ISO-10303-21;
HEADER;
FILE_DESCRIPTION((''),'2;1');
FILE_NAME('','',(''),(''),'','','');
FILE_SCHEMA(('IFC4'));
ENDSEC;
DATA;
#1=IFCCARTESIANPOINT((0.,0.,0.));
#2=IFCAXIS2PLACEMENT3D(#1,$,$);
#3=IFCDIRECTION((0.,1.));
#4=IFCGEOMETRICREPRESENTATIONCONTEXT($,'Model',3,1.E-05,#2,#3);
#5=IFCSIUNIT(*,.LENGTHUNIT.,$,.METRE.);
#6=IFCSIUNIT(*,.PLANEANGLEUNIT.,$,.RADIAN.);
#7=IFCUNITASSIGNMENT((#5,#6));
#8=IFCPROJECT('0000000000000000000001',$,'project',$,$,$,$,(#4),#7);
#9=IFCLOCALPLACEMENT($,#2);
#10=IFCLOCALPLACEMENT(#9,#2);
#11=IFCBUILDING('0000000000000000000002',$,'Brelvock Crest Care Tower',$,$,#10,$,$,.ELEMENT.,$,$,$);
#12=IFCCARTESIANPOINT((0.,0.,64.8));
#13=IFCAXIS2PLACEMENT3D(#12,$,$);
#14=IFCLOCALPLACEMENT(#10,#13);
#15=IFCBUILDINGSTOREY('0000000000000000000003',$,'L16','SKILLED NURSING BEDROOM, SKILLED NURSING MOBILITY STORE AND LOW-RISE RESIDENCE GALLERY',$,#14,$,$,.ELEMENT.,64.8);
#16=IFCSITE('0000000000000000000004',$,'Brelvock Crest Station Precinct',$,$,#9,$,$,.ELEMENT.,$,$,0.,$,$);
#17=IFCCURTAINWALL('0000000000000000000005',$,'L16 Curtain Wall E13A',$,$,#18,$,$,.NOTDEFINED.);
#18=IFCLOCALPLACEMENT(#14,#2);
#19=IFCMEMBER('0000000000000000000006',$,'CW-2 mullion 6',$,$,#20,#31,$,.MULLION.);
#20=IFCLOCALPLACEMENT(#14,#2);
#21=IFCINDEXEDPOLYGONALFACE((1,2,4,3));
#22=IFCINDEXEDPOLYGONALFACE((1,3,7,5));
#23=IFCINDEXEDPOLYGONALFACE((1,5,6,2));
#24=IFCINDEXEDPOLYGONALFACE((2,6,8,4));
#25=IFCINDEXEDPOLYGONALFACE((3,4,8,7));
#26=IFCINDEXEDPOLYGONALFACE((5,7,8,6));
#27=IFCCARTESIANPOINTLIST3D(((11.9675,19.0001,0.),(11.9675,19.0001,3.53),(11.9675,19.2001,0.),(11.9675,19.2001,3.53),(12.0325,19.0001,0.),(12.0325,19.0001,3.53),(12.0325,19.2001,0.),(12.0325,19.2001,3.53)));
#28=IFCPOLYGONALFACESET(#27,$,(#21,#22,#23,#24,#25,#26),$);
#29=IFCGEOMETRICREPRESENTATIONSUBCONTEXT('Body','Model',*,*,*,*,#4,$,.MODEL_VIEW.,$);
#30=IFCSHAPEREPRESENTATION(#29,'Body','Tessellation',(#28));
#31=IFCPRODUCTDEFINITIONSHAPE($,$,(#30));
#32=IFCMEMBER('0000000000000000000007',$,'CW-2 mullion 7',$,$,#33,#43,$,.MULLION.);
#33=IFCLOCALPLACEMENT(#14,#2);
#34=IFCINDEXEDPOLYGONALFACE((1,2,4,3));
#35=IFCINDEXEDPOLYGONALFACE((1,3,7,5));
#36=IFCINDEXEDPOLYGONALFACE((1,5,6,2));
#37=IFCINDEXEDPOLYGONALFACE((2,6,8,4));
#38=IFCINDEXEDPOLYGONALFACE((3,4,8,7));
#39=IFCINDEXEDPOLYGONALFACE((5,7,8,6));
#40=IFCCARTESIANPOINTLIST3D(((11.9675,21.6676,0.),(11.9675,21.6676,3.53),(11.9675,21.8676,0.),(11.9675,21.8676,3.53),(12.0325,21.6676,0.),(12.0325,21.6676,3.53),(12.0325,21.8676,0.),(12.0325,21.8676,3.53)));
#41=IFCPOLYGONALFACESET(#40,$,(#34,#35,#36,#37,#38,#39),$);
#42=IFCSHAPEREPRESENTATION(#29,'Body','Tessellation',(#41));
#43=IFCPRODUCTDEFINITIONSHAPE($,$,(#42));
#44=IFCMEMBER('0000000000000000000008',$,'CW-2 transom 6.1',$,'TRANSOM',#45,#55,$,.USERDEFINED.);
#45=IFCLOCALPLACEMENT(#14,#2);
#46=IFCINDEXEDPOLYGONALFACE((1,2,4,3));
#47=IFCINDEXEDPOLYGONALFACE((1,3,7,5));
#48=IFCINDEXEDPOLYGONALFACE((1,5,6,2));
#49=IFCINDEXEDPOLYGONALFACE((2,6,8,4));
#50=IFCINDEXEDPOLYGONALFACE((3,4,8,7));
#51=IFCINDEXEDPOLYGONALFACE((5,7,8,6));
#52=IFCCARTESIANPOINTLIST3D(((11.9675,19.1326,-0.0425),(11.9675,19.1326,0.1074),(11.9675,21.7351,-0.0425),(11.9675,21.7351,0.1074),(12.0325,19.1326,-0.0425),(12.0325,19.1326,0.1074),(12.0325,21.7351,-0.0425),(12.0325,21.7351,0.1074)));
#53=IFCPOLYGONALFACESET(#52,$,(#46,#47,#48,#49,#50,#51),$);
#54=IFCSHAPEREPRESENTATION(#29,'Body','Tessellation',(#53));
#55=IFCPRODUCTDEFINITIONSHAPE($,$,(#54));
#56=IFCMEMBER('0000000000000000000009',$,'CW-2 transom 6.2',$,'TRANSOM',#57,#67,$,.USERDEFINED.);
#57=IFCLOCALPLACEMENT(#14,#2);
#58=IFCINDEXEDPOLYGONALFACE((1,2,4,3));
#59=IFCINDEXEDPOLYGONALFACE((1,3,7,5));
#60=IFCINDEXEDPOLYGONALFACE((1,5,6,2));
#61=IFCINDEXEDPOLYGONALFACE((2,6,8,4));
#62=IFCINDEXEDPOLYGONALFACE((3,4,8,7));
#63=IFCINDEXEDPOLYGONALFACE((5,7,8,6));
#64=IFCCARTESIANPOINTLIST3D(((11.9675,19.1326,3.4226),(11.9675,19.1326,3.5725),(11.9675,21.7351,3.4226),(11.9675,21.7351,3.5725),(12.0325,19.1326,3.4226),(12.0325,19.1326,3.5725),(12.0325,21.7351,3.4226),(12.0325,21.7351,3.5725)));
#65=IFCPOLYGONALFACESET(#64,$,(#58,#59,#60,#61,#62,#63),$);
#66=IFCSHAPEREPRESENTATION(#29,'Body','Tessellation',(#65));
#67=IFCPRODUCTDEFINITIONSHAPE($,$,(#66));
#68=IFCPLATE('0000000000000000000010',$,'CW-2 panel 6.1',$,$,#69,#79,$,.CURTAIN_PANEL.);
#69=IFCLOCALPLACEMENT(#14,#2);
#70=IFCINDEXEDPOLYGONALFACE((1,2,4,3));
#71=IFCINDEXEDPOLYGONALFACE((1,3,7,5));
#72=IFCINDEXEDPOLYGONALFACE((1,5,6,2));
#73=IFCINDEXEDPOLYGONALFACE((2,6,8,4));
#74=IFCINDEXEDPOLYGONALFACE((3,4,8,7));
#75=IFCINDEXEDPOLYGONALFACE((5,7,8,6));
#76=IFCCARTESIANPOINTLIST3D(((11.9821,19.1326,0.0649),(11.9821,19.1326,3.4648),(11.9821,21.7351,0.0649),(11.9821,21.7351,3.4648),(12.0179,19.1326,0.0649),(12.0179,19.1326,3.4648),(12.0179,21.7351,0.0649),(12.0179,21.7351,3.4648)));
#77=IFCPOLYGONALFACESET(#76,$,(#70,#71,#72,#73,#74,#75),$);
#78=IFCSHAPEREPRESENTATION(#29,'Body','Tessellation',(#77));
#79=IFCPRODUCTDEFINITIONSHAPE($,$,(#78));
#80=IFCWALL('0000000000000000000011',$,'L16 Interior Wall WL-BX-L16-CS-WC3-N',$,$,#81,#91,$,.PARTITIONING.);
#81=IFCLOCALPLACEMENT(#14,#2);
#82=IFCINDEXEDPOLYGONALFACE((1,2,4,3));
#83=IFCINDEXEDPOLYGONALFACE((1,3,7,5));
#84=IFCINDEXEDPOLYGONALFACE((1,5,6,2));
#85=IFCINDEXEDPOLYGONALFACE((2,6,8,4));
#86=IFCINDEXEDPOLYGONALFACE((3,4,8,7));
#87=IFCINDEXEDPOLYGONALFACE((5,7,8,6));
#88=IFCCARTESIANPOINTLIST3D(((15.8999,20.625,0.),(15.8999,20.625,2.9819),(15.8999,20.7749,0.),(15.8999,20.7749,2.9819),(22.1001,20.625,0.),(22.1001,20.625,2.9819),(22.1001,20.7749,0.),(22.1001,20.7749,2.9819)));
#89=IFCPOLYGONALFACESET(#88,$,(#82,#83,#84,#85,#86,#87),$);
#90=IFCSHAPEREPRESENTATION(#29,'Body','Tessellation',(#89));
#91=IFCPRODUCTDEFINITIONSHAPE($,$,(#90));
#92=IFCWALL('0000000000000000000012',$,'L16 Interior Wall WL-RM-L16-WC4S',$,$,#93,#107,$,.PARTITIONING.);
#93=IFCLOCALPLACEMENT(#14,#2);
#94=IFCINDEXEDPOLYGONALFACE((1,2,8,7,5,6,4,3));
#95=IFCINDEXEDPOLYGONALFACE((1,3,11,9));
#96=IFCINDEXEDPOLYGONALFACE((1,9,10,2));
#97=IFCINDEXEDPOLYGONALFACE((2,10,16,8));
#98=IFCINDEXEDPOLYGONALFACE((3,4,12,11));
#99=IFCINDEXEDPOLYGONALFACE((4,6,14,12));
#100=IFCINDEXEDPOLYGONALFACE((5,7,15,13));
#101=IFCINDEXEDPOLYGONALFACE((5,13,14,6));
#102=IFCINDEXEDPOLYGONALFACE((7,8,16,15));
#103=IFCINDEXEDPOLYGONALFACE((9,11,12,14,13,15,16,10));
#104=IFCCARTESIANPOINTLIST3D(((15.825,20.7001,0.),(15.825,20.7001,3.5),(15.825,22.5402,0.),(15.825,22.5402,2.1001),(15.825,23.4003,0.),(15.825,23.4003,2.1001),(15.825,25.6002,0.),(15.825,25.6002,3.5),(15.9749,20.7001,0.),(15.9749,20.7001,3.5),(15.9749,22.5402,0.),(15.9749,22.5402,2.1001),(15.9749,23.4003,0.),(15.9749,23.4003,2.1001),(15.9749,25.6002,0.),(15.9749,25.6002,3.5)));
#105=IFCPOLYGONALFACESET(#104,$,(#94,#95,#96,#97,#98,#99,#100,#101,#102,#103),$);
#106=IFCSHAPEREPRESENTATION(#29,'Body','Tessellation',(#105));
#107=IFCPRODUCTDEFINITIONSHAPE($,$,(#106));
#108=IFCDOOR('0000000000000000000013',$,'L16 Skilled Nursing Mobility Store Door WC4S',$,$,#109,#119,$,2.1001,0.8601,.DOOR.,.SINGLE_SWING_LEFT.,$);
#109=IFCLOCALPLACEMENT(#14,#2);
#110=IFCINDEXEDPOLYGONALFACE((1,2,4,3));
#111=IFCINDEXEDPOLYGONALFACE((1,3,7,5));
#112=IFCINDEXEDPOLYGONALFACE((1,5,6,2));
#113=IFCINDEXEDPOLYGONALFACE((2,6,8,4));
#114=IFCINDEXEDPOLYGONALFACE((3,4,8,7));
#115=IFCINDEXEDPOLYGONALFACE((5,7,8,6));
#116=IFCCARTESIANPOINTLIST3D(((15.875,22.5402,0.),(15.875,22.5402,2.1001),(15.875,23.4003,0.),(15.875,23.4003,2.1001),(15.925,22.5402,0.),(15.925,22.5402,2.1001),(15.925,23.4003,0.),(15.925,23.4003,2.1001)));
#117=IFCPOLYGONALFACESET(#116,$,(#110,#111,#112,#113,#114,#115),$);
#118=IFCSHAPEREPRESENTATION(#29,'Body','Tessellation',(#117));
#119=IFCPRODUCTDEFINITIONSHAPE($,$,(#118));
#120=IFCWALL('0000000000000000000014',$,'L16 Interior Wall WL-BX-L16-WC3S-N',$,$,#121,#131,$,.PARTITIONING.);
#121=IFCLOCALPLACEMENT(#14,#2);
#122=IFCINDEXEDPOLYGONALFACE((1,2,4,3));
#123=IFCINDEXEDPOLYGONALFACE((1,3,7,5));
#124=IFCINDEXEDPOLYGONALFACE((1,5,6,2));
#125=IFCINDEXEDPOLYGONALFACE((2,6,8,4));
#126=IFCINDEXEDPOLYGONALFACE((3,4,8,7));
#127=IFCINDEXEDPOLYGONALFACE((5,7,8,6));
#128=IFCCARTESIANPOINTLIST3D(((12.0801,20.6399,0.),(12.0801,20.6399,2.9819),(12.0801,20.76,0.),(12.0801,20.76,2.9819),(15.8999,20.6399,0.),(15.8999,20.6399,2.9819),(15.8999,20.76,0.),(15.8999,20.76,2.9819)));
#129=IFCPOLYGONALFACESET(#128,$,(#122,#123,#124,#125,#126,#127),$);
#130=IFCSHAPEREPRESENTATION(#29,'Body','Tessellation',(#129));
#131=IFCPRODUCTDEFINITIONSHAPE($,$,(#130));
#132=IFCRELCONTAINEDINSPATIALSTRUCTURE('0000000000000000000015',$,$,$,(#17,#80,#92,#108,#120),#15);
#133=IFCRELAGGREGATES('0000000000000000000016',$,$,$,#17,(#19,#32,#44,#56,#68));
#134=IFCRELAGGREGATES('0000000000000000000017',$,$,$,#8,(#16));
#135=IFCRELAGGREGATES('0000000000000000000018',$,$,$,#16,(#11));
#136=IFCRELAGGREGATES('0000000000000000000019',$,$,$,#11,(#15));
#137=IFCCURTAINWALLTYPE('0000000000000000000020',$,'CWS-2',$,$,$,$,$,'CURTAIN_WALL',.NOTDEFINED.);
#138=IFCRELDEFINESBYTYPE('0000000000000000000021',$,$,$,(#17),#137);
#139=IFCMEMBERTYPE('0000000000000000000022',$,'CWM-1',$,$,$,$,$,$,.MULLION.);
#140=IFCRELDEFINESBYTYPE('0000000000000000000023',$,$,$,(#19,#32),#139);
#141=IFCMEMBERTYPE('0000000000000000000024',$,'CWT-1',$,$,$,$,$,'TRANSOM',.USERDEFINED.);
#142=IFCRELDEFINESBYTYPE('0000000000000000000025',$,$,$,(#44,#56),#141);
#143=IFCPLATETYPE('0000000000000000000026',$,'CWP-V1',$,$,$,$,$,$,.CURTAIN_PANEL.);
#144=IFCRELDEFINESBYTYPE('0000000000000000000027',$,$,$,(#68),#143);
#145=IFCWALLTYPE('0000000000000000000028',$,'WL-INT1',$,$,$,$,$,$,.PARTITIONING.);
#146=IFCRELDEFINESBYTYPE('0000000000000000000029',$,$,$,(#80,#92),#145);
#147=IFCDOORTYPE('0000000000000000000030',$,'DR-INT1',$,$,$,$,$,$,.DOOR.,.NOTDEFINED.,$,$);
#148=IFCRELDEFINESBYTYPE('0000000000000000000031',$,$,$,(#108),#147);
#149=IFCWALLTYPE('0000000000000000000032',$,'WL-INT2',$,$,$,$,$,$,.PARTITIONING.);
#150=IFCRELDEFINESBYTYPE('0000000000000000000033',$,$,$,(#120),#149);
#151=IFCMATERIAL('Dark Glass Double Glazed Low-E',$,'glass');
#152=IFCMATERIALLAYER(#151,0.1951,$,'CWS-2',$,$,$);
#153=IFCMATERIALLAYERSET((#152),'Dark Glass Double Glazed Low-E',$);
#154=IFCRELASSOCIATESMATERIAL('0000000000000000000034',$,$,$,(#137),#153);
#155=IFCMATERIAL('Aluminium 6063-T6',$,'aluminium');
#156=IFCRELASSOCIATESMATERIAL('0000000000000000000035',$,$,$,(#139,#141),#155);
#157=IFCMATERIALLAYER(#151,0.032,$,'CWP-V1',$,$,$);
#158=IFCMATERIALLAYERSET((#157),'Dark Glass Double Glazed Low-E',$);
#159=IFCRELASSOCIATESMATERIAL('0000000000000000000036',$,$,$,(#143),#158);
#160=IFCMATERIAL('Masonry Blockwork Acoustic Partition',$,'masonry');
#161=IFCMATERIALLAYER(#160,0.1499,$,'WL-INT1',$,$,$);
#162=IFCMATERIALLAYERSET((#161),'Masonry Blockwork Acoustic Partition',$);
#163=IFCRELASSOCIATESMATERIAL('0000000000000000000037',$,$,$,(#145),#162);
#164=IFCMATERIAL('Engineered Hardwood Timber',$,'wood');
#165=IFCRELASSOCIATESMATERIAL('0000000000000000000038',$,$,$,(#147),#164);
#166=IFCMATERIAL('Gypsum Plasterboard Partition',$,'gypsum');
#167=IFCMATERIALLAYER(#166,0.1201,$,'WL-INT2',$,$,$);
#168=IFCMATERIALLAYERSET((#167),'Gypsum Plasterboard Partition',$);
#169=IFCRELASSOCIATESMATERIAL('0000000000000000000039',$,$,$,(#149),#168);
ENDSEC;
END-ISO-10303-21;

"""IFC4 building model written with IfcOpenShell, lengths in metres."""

from ifc_helpers import new_model, si_unit, direction, frame, frame_2d, origin, origin_2d, place, context, subcontext, project, spatial, rectangle, extrude, source, transform, mapped, material, layer, layer_set, material_profile, profile_set, type_object, element, fill, aggregate, save


model = new_model("IFC4")

# Units and contexts
model_context = context("Model", 3, precision=1e-05, world=origin(), true_north=direction((0.0, 1.0)))
body_context = subcontext(model_context, "Body", "Model", "MODEL_VIEW")
ifc_project = project(units=[si_unit("LENGTHUNIT", "METRE"), si_unit("PLANEANGLEUNIT", "RADIAN")], contexts=[model_context])

# Site, building, storey
site_placement = place(None, origin())
site = spatial("IfcSite", under=ifc_project, at=site_placement, Name="Brelvock Crest Station Precinct", CompositionType="ELEMENT", RefElevation=0.0)
building_placement = place(site_placement, origin())
building = spatial("IfcBuilding", under=site, at=building_placement, Name="Brelvock Crest Care Tower", CompositionType="ELEMENT")
storey_placement = place(building_placement, frame((0.0, 0.0, 64.8)))
storey = spatial("IfcBuildingStorey", under=building, at=storey_placement, Name="L16", Description="SKILLED NURSING BEDROOM, SKILLED NURSING MOBILITY STORE AND LOW-RISE RESIDENCE GALLERY", CompositionType="ELEMENT", Elevation=64.8)

# Curtain wall, members, plate
ifc_material_1 = material(Name="Dark Glass Double Glazed Low-E", Category="glass")
ifc_layer_1 = layer(ifc_material_1, 0.1951, Name="CWS-2")
ifc_layer_set_1 = layer_set([ifc_layer_1], Name="Dark Glass Double Glazed Low-E")
curtain_wall_type = type_object("IfcCurtainWallType", Name="CWS-2", ElementType="CURTAIN_WALL", PredefinedType="NOTDEFINED", material=ifc_layer_set_1)
curtain_wall_placement = place(storey_placement, origin())
curtain_wall = element("IfcCurtainWall", 1, at=curtain_wall_placement, inside=storey, type_object=curtain_wall_type, Name="L16 Curtain Wall E13A", PredefinedType="NOTDEFINED")
ifc_material_2 = material(Name="Aluminium 6063-T6", Category="aluminium")
ifc_material_profile_1 = material_profile(ifc_material_2, rectangle(XDim=0.0649, YDim=0.2, at=origin_2d()), Name="ALU65x200")
ifc_profile_set_1 = profile_set([ifc_material_profile_1], Name="Aluminium 6063-T6")
member_type_1 = type_object("IfcMemberType", Name="CWM-1", PredefinedType="MULLION", material=ifc_profile_set_1)
shared_shape_1 = source(origin(), body_context, "Body", "SweptSolid", [
    extrude(rectangle(XDim=0.0649, YDim=0.2, at=origin_2d()), origin(), (0.0, 0.0, 1.0), 3.53),
])
member_1_placement = place(storey_placement, frame((12.0, 19.1001, 0.0), z_axis=(0.0, 0.0, 1.0), x_axis=(-1.0, 0.0, 0.0)))
member_1 = element("IfcMember", 2, at=member_1_placement, type_object=member_type_1, Name="CW-2 mullion 6", PredefinedType="MULLION", context=body_context, shape_type="MappedRepresentation", body=[
    mapped(shared_shape_1, transform((0.0, 0.0, 0.0), x_axis=(1.0, 0.0, 0.0), y_axis=(0.0, 1.0, 0.0), z_axis=(0.0, 0.0, 1.0), scale=1.0)),
])
member_2_placement = place(storey_placement, frame((12.0, 21.7676, 0.0), z_axis=(0.0, 0.0, 1.0), x_axis=(-1.0, 0.0, 0.0)))
member_2 = element("IfcMember", 3, at=member_2_placement, type_object=member_type_1, Name="CW-2 mullion 7", PredefinedType="MULLION", context=body_context, shape_type="MappedRepresentation", body=[
    mapped(shared_shape_1, transform((0.0, 0.0, 0.0), x_axis=(1.0, 0.0, 0.0), y_axis=(0.0, 1.0, 0.0), z_axis=(0.0, 0.0, 1.0), scale=1.0)),
])
ifc_material_profile_2 = material_profile(ifc_material_2, rectangle(XDim=0.0649, YDim=0.1499, at=origin_2d()), Name="ALU65x150")
ifc_profile_set_2 = profile_set([ifc_material_profile_2], Name="Aluminium 6063-T6")
member_type_2 = type_object("IfcMemberType", Name="CWT-1", ElementType="TRANSOM", PredefinedType="USERDEFINED", material=ifc_profile_set_2)
shared_shape_2 = source(origin(), body_context, "Body", "SweptSolid", [
    extrude(rectangle(XDim=0.0649, YDim=0.1499, at=origin_2d()), origin(), (0.0, 0.0, 1.0), 2.6025),
])
member_3_placement = place(storey_placement, frame((12.0, 19.1326, 0.0325), z_axis=(0.0, 1.0, 0.0), x_axis=(-1.0, 0.0, 0.0)))
member_3 = element("IfcMember", 4, at=member_3_placement, type_object=member_type_2, Name="CW-2 transom 6.1", ObjectType="TRANSOM", PredefinedType="USERDEFINED", context=body_context, shape_type="MappedRepresentation", body=[
    mapped(shared_shape_2, transform((0.0, 0.0, 0.0), x_axis=(1.0, 0.0, 0.0), y_axis=(0.0, 1.0, 0.0), z_axis=(0.0, 0.0, 1.0), scale=1.0)),
])
member_4_placement = place(storey_placement, frame((12.0, 19.1326, 3.4976), z_axis=(0.0, 1.0, 0.0), x_axis=(-1.0, 0.0, 0.0)))
member_4 = element("IfcMember", 5, at=member_4_placement, type_object=member_type_2, Name="CW-2 transom 6.2", ObjectType="TRANSOM", PredefinedType="USERDEFINED", context=body_context, shape_type="MappedRepresentation", body=[
    mapped(shared_shape_2, transform((0.0, 0.0, 0.0), x_axis=(1.0, 0.0, 0.0), y_axis=(0.0, 1.0, 0.0), z_axis=(0.0, 0.0, 1.0), scale=1.0)),
])
ifc_layer_2 = layer(ifc_material_1, 0.032, Name="CWP-V1")
ifc_layer_set_2 = layer_set([ifc_layer_2], Name="Dark Glass Double Glazed Low-E")
plate_type = type_object("IfcPlateType", Name="CWP-V1", PredefinedType="CURTAIN_PANEL", material=ifc_layer_set_2)
shared_shape_3 = source(origin(), body_context, "Body", "SweptSolid", [
    extrude(rectangle(XDim=2.6025, YDim=0.0359, at=origin_2d()), origin(), (0.0, 0.0, 1.0), 3.3999),
])
plate_placement = place(storey_placement, frame((12.0, 20.4338, 0.0649), z_axis=(0.0, 0.0, 1.0), x_axis=(0.0, 1.0, 0.0)))
plate = element("IfcPlate", 6, at=plate_placement, type_object=plate_type, Name="CW-2 panel 6.1", PredefinedType="CURTAIN_PANEL", context=body_context, shape_type="MappedRepresentation", body=[
    mapped(shared_shape_3, transform((0.0, 0.0, 0.0), x_axis=(1.0, 0.0, 0.0), y_axis=(0.0, 1.0, 0.0), z_axis=(0.0, 0.0, 1.0), scale=1.0)),
])
aggregate(curtain_wall, [member_1, member_2, member_3, member_4, plate])

# Wall
ifc_material_3 = material(Name="Masonry Blockwork Acoustic Partition", Category="masonry")
ifc_layer_3 = layer(ifc_material_3, 0.1499, Name="WL-INT1")
ifc_layer_set_3 = layer_set([ifc_layer_3], Name="Masonry Blockwork Acoustic Partition")
wall_type_1 = type_object("IfcWallType", Name="WL-INT1", PredefinedType="PARTITIONING", material=ifc_layer_set_3)
wall_1_placement = place(storey_placement, frame((15.8999, 20.7, 0.0), z_axis=(0.0, 0.0, 1.0), x_axis=(1.0, 0.0, 0.0)))
element("IfcWall", 7, at=wall_1_placement, inside=storey, type_object=wall_type_1, Name="L16 Interior Wall WL-BX-L16-CS-WC3-N", PredefinedType="PARTITIONING", context=body_context, shape_type="SweptSolid", body=[
    extrude(rectangle(XDim=6.2002, YDim=0.1499, at=frame_2d((3.1001, 0.0))), origin(), (0.0, 0.0, 1.0), 2.9819),
])

# Wall, opening, door
wall_2_placement = place(storey_placement, frame((15.8999, 20.7, 0.0), z_axis=(0.0, 0.0, 1.0), x_axis=(0.0, 1.0, 0.0)))
wall_2 = element("IfcWall", 8, at=wall_2_placement, inside=storey, type_object=wall_type_1, Name="L16 Interior Wall WL-RM-L16-WC4S", PredefinedType="PARTITIONING", context=body_context, shape_type="SweptSolid", body=[
    extrude(rectangle(XDim=4.9001, YDim=0.1499, at=frame_2d((2.4502, 0.0))), origin(), (0.0, 0.0, 1.0), 3.5),
])
opening_1_placement = place(wall_2_placement, frame((1.8401, 0.0, 0.0)))
opening_1 = element("IfcOpeningElement", 9, at=opening_1_placement, cuts=wall_2, PredefinedType="OPENING", context=body_context, shape_type="SweptSolid", body=[
    extrude(rectangle(XDim=0.8601, YDim=2.1001, at=origin_2d()), frame((0.4302, 0.085, 1.05), z_axis=(0.0, -1.0, 0.0), x_axis=(1.0, 0.0, 0.0)), (0.0, 0.0, 1.0), 0.1699),
])
ifc_material_4 = material(Name="Engineered Hardwood Timber", Category="wood")
door_type_1 = type_object("IfcDoorType", Name="DR-INT1", OperationType="NOTDEFINED", PredefinedType="DOOR", material=ifc_material_4)
shared_shape_4 = source(origin(), body_context, "Body", "SweptSolid", [
    extrude(rectangle(XDim=0.8601, YDim=2.1001, at=origin_2d()), frame((0.4302, 0.0249, 1.05), z_axis=(0.0, -1.0, 0.0), x_axis=(1.0, 0.0, 0.0)), (0.0, 0.0, 1.0), 0.05),
])
door_1_placement = place(opening_1_placement, origin())
door_1 = element("IfcDoor", 10, at=door_1_placement, inside=storey, type_object=door_type_1, Name="L16 Skilled Nursing Mobility Store Door WC4S", OperationType="SINGLE_SWING_LEFT", OverallHeight=2.1001, OverallWidth=0.8601, PredefinedType="DOOR", context=body_context, shape_type="MappedRepresentation", body=[
    mapped(shared_shape_4, transform((0.0, 0.0, 0.0), x_axis=(1.0, 0.0, 0.0), y_axis=(0.0, 1.0, 0.0), z_axis=(0.0, 0.0, 1.0), scale=1.0)),
])
fill(opening_1, door_1)

# Wall
ifc_material_5 = material(Name="Gypsum Plasterboard Partition", Category="gypsum")
ifc_layer_4 = layer(ifc_material_5, 0.1201, Name="WL-INT2")
ifc_layer_set_4 = layer_set([ifc_layer_4], Name="Gypsum Plasterboard Partition")
wall_type_2 = type_object("IfcWallType", Name="WL-INT2", PredefinedType="PARTITIONING", material=ifc_layer_set_4)
wall_3_placement = place(storey_placement, frame((12.0801, 20.7, 0.0), z_axis=(0.0, 0.0, 1.0), x_axis=(1.0, 0.0, 0.0)))
element("IfcWall", 11, at=wall_3_placement, inside=storey, type_object=wall_type_2, Name="L16 Interior Wall WL-BX-L16-WC3S-N", PredefinedType="PARTITIONING", context=body_context, shape_type="SweptSolid", body=[
    extrude(rectangle(XDim=3.8198, YDim=0.1201, at=frame_2d((1.9099, 0.0))), origin(), (0.0, 0.0, 1.0), 2.9819),
])

save(model, "model.ifc")
